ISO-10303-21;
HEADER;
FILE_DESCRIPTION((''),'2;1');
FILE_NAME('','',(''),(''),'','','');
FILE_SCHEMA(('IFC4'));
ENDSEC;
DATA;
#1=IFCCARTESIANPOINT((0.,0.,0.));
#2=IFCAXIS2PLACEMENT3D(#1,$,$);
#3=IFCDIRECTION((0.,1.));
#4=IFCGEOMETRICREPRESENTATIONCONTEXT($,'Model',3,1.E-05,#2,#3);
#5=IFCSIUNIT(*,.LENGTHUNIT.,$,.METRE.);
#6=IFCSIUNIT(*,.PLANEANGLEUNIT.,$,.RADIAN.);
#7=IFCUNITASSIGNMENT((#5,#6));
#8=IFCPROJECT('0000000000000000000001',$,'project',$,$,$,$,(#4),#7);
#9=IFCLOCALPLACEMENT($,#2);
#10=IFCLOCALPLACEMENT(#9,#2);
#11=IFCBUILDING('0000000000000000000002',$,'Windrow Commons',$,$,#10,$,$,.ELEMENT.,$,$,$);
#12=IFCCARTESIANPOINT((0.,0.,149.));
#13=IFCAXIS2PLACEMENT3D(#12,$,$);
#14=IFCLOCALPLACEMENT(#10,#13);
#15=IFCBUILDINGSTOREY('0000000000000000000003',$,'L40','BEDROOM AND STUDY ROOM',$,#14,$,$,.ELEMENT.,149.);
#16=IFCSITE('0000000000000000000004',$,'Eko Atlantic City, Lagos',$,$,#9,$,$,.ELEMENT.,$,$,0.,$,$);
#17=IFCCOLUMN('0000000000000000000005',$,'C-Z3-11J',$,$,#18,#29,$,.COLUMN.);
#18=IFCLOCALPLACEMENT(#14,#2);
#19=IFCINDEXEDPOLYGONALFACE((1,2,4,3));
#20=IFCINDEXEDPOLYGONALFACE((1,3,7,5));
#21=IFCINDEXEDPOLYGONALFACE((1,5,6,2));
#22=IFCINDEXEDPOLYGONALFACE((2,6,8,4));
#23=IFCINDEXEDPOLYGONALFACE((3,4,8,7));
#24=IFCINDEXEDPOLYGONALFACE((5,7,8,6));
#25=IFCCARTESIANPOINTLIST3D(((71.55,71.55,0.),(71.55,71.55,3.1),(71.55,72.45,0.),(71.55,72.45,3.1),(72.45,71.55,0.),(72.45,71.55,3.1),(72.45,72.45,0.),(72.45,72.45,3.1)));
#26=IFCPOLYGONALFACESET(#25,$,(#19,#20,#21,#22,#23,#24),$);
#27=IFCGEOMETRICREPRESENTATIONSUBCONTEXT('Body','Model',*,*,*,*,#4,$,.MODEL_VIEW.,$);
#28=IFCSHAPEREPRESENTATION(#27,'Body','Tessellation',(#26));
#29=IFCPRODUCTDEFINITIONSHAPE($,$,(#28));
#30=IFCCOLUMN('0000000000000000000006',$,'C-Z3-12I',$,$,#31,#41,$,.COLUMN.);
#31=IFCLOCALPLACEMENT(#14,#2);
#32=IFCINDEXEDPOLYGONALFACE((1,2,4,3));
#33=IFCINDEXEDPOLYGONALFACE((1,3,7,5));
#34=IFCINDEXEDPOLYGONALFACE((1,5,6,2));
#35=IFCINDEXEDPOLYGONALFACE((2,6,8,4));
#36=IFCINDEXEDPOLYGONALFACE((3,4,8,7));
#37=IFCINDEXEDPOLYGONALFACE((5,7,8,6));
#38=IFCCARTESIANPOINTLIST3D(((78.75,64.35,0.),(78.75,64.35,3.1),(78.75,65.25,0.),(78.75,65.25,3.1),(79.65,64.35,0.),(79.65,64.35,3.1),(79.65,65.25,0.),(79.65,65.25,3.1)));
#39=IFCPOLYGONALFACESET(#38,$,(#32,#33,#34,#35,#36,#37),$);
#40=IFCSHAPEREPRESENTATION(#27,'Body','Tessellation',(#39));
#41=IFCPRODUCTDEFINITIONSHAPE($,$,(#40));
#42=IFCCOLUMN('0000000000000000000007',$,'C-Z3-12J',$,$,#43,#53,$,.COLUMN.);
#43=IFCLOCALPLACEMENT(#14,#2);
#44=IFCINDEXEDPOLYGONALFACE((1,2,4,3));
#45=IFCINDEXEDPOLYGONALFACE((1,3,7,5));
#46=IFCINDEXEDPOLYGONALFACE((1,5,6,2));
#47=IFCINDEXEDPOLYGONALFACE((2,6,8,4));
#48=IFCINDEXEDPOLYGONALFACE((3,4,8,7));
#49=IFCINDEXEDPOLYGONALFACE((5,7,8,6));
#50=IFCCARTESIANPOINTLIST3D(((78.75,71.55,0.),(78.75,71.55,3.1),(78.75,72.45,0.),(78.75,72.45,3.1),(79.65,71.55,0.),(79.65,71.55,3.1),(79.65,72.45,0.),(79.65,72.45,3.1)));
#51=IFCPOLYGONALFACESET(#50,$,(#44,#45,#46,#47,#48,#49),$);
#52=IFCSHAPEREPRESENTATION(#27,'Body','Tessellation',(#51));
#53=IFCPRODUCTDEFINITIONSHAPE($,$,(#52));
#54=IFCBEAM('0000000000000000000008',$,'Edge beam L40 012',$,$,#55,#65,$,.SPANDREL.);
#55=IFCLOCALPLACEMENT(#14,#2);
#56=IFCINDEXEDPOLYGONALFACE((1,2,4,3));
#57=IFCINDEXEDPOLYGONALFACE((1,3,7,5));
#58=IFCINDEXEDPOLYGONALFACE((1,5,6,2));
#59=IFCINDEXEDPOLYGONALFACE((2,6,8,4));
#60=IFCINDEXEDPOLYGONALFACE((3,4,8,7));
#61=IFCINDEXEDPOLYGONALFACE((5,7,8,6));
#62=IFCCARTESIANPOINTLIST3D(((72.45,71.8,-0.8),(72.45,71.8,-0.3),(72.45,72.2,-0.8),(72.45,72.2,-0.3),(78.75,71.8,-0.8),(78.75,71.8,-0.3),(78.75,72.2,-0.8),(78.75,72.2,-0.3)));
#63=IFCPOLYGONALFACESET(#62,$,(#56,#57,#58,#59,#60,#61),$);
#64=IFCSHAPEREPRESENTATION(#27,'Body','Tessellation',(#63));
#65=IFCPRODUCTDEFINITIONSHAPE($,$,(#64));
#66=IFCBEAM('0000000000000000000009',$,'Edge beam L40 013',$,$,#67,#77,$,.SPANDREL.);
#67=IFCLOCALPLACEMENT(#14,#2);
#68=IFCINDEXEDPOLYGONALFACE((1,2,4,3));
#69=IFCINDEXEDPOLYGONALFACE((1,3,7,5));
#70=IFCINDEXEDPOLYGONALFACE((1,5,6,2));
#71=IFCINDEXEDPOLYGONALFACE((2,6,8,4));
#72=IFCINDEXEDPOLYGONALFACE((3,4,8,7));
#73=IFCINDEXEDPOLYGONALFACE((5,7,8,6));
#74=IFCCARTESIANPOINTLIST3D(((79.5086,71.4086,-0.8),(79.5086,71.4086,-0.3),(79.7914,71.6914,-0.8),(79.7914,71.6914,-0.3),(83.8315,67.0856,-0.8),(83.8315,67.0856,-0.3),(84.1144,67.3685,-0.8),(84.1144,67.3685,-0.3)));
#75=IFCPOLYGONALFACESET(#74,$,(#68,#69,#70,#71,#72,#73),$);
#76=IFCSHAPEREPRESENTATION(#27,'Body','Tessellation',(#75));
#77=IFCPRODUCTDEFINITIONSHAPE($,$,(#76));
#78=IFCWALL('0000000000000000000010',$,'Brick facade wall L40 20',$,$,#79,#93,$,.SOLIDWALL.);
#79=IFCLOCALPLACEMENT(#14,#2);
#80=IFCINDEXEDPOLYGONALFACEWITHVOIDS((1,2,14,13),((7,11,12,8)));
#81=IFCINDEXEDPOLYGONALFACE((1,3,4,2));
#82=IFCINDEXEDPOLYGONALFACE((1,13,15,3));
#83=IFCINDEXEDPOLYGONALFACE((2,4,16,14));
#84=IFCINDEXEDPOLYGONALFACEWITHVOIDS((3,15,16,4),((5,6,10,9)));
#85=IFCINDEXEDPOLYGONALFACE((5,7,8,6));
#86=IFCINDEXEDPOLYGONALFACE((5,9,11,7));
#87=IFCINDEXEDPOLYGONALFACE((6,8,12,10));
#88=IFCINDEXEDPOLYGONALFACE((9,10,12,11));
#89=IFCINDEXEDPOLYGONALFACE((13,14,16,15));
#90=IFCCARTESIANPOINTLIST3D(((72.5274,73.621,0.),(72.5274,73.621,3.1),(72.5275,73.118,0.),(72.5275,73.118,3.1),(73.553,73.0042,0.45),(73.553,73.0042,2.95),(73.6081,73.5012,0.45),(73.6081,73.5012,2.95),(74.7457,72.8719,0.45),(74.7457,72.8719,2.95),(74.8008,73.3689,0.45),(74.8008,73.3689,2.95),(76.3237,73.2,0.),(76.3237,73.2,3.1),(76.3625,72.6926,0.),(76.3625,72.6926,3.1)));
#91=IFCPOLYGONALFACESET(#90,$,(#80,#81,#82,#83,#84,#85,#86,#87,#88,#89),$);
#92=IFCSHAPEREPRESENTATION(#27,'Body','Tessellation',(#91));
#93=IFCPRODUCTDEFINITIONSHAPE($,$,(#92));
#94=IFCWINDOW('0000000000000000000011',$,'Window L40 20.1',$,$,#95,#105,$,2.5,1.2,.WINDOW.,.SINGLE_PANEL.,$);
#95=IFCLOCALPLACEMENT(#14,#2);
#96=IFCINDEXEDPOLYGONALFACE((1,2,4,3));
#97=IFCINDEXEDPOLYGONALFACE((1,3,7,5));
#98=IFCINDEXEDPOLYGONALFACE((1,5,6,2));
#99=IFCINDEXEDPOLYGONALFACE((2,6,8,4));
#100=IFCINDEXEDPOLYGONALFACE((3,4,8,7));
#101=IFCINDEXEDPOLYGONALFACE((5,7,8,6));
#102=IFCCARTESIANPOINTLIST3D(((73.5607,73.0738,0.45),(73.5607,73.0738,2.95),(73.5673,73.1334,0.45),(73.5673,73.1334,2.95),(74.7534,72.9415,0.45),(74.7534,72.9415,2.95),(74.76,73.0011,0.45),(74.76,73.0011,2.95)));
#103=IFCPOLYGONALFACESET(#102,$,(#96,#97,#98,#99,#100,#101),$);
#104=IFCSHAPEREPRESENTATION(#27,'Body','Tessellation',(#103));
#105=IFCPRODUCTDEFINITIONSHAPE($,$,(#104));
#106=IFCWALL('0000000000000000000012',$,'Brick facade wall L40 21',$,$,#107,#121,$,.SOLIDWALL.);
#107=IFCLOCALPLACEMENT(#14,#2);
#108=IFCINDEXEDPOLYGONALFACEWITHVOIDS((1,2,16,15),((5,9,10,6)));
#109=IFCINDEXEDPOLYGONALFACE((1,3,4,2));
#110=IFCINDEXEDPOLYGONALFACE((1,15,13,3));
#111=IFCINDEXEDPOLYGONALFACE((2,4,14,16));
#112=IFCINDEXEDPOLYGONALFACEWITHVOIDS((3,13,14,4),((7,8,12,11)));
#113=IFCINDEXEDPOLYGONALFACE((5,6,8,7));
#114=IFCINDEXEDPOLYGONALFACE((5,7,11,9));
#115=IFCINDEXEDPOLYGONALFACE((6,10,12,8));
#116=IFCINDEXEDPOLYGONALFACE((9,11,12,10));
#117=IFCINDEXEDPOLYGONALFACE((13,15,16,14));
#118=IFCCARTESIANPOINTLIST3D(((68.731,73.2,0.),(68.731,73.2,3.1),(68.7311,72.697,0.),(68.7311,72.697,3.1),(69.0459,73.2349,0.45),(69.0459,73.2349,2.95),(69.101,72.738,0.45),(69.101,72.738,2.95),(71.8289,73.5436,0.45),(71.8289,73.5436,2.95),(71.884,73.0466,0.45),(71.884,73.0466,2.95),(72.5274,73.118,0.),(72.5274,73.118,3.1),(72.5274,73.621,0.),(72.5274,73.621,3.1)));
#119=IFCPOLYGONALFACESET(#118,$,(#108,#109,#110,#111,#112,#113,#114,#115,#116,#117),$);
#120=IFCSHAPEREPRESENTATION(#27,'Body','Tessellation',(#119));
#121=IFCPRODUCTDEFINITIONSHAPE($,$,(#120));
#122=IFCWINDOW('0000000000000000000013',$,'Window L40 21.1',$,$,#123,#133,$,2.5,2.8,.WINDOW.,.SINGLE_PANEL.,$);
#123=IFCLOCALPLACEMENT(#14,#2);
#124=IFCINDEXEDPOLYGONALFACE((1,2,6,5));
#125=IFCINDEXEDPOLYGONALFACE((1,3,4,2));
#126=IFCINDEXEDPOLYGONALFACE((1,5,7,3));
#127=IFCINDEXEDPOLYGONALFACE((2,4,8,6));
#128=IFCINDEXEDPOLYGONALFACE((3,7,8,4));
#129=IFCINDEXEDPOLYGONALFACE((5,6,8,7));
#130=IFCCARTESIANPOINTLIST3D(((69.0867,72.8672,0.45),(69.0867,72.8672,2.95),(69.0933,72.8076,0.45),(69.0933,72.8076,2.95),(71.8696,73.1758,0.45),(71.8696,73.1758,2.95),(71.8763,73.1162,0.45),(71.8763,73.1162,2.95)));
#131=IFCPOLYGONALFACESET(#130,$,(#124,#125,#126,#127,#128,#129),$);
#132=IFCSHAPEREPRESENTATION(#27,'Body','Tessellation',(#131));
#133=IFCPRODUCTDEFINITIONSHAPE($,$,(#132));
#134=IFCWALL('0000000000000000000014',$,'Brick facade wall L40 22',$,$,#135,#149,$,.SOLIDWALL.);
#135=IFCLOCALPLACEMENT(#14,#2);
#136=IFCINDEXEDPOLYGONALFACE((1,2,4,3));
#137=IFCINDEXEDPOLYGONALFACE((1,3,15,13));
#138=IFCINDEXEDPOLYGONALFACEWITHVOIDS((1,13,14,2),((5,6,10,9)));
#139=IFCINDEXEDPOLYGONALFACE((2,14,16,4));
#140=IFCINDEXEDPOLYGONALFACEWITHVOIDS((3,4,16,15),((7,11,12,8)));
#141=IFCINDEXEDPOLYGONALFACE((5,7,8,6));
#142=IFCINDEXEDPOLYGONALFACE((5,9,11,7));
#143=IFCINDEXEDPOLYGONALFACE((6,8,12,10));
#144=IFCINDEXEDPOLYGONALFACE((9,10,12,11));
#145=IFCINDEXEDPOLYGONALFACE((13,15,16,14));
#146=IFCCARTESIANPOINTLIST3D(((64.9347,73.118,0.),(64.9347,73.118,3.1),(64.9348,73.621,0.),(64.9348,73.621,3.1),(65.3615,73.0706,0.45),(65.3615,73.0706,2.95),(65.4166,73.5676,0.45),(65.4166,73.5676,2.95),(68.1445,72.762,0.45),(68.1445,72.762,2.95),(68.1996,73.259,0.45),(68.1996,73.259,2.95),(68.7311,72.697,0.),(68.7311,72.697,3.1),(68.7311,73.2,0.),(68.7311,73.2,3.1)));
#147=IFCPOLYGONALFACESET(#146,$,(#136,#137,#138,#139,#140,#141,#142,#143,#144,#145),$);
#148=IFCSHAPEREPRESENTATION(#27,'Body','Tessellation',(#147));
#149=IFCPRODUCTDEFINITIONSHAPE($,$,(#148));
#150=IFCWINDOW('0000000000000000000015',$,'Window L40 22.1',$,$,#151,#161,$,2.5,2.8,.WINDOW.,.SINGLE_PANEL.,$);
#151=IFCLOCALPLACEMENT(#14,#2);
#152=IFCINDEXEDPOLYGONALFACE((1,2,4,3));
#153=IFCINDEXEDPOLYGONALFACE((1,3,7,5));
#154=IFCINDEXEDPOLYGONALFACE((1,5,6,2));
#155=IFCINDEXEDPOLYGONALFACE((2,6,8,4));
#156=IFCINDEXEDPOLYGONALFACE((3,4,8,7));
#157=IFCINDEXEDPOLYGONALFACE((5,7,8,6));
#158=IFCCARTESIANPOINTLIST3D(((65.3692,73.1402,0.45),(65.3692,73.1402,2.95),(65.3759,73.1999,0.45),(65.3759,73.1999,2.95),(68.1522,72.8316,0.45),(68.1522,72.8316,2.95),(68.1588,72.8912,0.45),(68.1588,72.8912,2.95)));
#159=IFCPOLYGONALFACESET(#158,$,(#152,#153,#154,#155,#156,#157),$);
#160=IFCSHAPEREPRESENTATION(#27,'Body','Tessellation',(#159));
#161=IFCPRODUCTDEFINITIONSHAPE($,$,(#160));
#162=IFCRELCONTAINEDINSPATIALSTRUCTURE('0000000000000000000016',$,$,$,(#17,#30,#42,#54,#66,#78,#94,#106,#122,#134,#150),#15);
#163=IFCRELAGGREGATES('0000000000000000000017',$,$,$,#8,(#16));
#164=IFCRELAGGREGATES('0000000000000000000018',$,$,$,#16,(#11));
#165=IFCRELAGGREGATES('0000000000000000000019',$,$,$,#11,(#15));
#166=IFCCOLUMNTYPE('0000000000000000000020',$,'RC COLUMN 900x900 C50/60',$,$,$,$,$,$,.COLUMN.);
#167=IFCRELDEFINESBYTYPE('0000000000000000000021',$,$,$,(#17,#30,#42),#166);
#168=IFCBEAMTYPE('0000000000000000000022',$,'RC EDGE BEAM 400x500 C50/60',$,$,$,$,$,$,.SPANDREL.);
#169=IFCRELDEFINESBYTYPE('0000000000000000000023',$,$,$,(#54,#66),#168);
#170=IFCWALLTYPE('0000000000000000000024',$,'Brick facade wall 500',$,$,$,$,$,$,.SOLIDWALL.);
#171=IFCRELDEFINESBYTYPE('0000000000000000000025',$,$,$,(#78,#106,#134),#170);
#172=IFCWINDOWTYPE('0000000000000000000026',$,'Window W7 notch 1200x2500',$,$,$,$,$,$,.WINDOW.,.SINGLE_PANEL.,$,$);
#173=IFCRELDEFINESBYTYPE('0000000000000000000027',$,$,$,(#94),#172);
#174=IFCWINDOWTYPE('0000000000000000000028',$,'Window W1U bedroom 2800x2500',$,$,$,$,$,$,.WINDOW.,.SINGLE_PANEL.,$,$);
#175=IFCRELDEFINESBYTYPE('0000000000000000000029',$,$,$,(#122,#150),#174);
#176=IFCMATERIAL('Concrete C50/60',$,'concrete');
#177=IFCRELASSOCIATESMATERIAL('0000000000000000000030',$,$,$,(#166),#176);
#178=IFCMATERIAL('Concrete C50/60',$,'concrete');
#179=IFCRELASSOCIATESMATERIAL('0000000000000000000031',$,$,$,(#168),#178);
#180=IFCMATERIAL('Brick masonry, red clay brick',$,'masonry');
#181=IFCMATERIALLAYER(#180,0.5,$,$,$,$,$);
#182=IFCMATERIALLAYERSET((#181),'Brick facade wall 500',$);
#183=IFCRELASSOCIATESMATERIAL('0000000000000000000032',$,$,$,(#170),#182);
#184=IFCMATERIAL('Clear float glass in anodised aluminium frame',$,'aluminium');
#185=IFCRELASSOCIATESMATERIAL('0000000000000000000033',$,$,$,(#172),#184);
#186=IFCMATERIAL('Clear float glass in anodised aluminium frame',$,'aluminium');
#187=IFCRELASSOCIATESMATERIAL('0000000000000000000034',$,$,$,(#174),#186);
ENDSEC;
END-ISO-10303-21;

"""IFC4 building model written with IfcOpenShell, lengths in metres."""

from ifc_helpers import new_model, si_unit, direction, frame, frame_2d, origin, origin_2d, place, context, subcontext, project, spatial, polyline, rectangle, outline, extrude, material, layer, layer_set, material_profile, profile_set, type_object, element, fill, save


model = new_model("IFC4")

# Units and contexts
model_context = context("Model", 3, precision=1e-05, world=origin(), true_north=direction((0.0, 1.0)))
body_context = subcontext(model_context, "Body", "Model", "MODEL_VIEW")
ifc_project = project(units=[si_unit("LENGTHUNIT", "METRE"), si_unit("PLANEANGLEUNIT", "RADIAN")], contexts=[model_context])

# Site, building, storey
site_placement = place(None, origin())
site = spatial("IfcSite", under=ifc_project, at=site_placement, Name="Eko Atlantic City, Lagos", CompositionType="ELEMENT", RefElevation=0.0)
building_placement = place(site_placement, origin())
building = spatial("IfcBuilding", under=site, at=building_placement, Name="Windrow Commons", CompositionType="ELEMENT")
storey_placement = place(building_placement, frame((0.0, 0.0, 149.0)))
storey = spatial("IfcBuildingStorey", under=building, at=storey_placement, Name="L40", Description="BEDROOM AND STUDY ROOM", CompositionType="ELEMENT", Elevation=149.0)

# Columns
ifc_material_1 = material(Name="Concrete C50/60", Category="concrete")
ifc_material_profile_1 = material_profile(ifc_material_1, rectangle(XDim=0.9, YDim=0.9, at=origin_2d()))
ifc_profile_set_1 = profile_set([ifc_material_profile_1], Name="Concrete C50/60")
column_type = type_object("IfcColumnType", Name="RC COLUMN 900x900 C50/60", PredefinedType="COLUMN", material=ifc_profile_set_1)
for number, where, z_axis, x_axis, name in (
    (1, (72.0, 72.0, 0.0), (0.0, 0.0, 1.0), (1.0, 0.0, 0.0), "C-Z3-11J"),
    (2, (79.2, 64.8, 0.0), (0.0, 0.0, 1.0), (1.0, 0.0, 0.0), "C-Z3-12I"),
    (3, (79.2, 72.0, 0.0), (0.0, 0.0, 1.0), (1.0, 0.0, 0.0), "C-Z3-12J"),
):
    element("IfcColumn", number, at=place(storey_placement, frame(where, z_axis=z_axis, x_axis=x_axis)), inside=storey, type_object=column_type, Name=name, PredefinedType="COLUMN", context=body_context, shape_type="SweptSolid", body=[
        extrude(rectangle(XDim=0.9, YDim=0.9, at=origin_2d()), origin(), (0.0, 0.0, 1.0), 3.1),
    ])

# Beams
ifc_material_2 = material(Name="Concrete C50/60", Category="concrete")
ifc_material_profile_2 = material_profile(ifc_material_2, rectangle(XDim=0.4, YDim=0.5, at=origin_2d()))
ifc_profile_set_2 = profile_set([ifc_material_profile_2], Name="Concrete C50/60")
beam_type = type_object("IfcBeamType", Name="RC EDGE BEAM 400x500 C50/60", PredefinedType="SPANDREL", material=ifc_profile_set_2)
beam_1_placement = place(storey_placement, frame((72.45, 72.0, -0.55), z_axis=(1.0, 0.0, 0.0), x_axis=(0.0, 1.0, 0.0)))
element("IfcBeam", 4, at=beam_1_placement, inside=storey, type_object=beam_type, Name="Edge beam L40 012", PredefinedType="SPANDREL", context=body_context, shape_type="SweptSolid", body=[
    extrude(rectangle(XDim=0.4, YDim=0.5, at=origin_2d()), origin(), (0.0, 0.0, 1.0), 6.3),
])
beam_2_placement = place(storey_placement, frame((79.65, 71.55, -0.55), z_axis=(0.707107, -0.707107, 0.0), x_axis=(0.707107, 0.707107, 0.0)))
element("IfcBeam", 5, at=beam_2_placement, inside=storey, type_object=beam_type, Name="Edge beam L40 013", PredefinedType="SPANDREL", context=body_context, shape_type="SweptSolid", body=[
    extrude(rectangle(XDim=0.4, YDim=0.5, at=origin_2d()), origin(), (0.0, 0.0, 1.0), 6.1136),
])

# Walls, openings, windows
ifc_material_3 = material(Name="Brick masonry, red clay brick", Category="masonry")
ifc_layer_1 = layer(ifc_material_3, 0.5)
ifc_layer_set_1 = layer_set([ifc_layer_1], Name="Brick facade wall 500")
wall_type_1 = type_object("IfcWallType", Name="Brick facade wall 500", PredefinedType="SOLIDWALL", material=ifc_layer_set_1)
wall_1_placement = place(storey_placement, frame((76.3431, 72.9463, 0.0), z_axis=(0.0, 0.0, 1.0), x_axis=(-0.993906, 0.110234, 0.0)))
wall_1 = element("IfcWall", 6, at=wall_1_placement, inside=storey, type_object=wall_type_1, Name="Brick facade wall L40 20", PredefinedType="SOLIDWALL", context=body_context, shape_type="SweptSolid", body=[
    extrude(outline(polyline([(0.0472, -0.25), (3.8668, -0.25), (3.8113, 0.25), (-0.0472, 0.25), (0.0472, -0.25)])), origin(), (0.0, 0.0, 1.0), 3.1),
])
opening_1_placement = place(wall_1_placement, frame((1.5795, 0.0, 0.45)))
opening_1 = element("IfcOpeningElement", 7, at=opening_1_placement, cuts=wall_1, PredefinedType="OPENING", context=body_context, shape_type="SweptSolid", body=[
    extrude(rectangle(XDim=1.2, YDim=2.5, at=frame_2d((0.6, 1.25))), frame((0.0, 0.26, 0.0), z_axis=(0.0, -1.0, 0.0), x_axis=(1.0, 0.0, 0.0)), (0.0, 0.0, 1.0), 0.52),
])
ifc_material_4 = material(Name="Clear float glass in anodised aluminium frame", Category="aluminium")
window_type_1 = type_object("IfcWindowType", Name="Window W7 notch 1200x2500", PartitioningType="SINGLE_PANEL", PredefinedType="WINDOW", material=ifc_material_4)
window_1_placement = place(opening_1_placement, origin())
window_1 = element("IfcWindow", 8, at=window_1_placement, inside=storey, type_object=window_type_1, Name="Window L40 20.1", OverallHeight=2.5, OverallWidth=1.2, PartitioningType="SINGLE_PANEL", PredefinedType="WINDOW", context=body_context, shape_type="SweptSolid", body=[
    extrude(rectangle(XDim=1.2, YDim=2.5, at=frame_2d((0.6, 1.25))), frame((0.0, 0.18, 0.0), z_axis=(0.0, -1.0, 0.0), x_axis=(1.0, 0.0, 0.0)), (0.0, 0.0, 1.0), 0.06),
])
fill(opening_1, window_1)
wall_2_placement = place(storey_placement, frame((72.5274, 73.3695, 0.0), z_axis=(0.0, 0.0, 1.0), x_axis=(-0.993907, -0.110222, 0.0)))
wall_2 = element("IfcWall", 9, at=wall_2_placement, inside=storey, type_object=wall_type_1, Name="Brick facade wall L40 21", PredefinedType="SOLIDWALL", context=body_context, shape_type="SweptSolid", body=[
    extrude(outline(polyline([(-0.0277, -0.25), (3.7919, -0.25), (3.8473, 0.25), (0.0277, 0.25), (-0.0277, -0.25)])), origin(), (0.0, 0.0, 1.0), 3.1),
])
opening_2_placement = place(wall_2_placement, frame((0.6751, 0.0, 0.45)))
opening_2 = element("IfcOpeningElement", 10, at=opening_2_placement, cuts=wall_2, PredefinedType="OPENING", context=body_context, shape_type="SweptSolid", body=[
    extrude(rectangle(XDim=2.8, YDim=2.5, at=frame_2d((1.4, 1.25))), frame((0.0, 0.26, 0.0), z_axis=(0.0, -1.0, 0.0), x_axis=(1.0, 0.0, 0.0)), (0.0, 0.0, 1.0), 0.52),
])
ifc_material_5 = material(Name="Clear float glass in anodised aluminium frame", Category="aluminium")
window_type_2 = type_object("IfcWindowType", Name="Window W1U bedroom 2800x2500", PartitioningType="SINGLE_PANEL", PredefinedType="WINDOW", material=ifc_material_5)
window_2_placement = place(opening_2_placement, origin())
window_2 = element("IfcWindow", 11, at=window_2_placement, inside=storey, type_object=window_type_2, Name="Window L40 21.1", OverallHeight=2.5, OverallWidth=2.8, PartitioningType="SINGLE_PANEL", PredefinedType="WINDOW", context=body_context, shape_type="SweptSolid", body=[
    extrude(rectangle(XDim=2.8, YDim=2.5, at=frame_2d((1.4, 1.25))), frame((0.0, 0.18, 0.0), z_axis=(0.0, -1.0, 0.0), x_axis=(1.0, 0.0, 0.0)), (0.0, 0.0, 1.0), 0.06),
])
fill(opening_2, window_2)
wall_3_placement = place(storey_placement, frame((68.7311, 72.9485, 0.0), z_axis=(0.0, 0.0, 1.0), x_axis=(-0.993907, 0.110222, 0.0)))
wall_3 = element("IfcWall", 12, at=wall_3_placement, inside=storey, type_object=wall_type_1, Name="Brick facade wall L40 22", PredefinedType="SOLIDWALL", context=body_context, shape_type="SweptSolid", body=[
    extrude(outline(polyline([(0.0277, -0.25), (3.8473, -0.25), (3.7919, 0.25), (-0.0277, 0.25), (0.0277, -0.25)])), origin(), (0.0, 0.0, 1.0), 3.1),
])
opening_3_placement = place(wall_3_placement, frame((0.5625, 0.0, 0.45)))
opening_3 = element("IfcOpeningElement", 13, at=opening_3_placement, cuts=wall_3, PredefinedType="OPENING", context=body_context, shape_type="SweptSolid", body=[
    extrude(rectangle(XDim=2.8, YDim=2.5, at=frame_2d((1.4, 1.25))), frame((0.0, 0.26, 0.0), z_axis=(0.0, -1.0, 0.0), x_axis=(1.0, 0.0, 0.0)), (0.0, 0.0, 1.0), 0.52),
])
window_3_placement = place(opening_3_placement, origin())
window_3 = element("IfcWindow", 14, at=window_3_placement, inside=storey, type_object=window_type_2, Name="Window L40 22.1", OverallHeight=2.5, OverallWidth=2.8, PartitioningType="SINGLE_PANEL", PredefinedType="WINDOW", context=body_context, shape_type="SweptSolid", body=[
    extrude(rectangle(XDim=2.8, YDim=2.5, at=frame_2d((1.4, 1.25))), frame((0.0, 0.18, 0.0), z_axis=(0.0, -1.0, 0.0), x_axis=(1.0, 0.0, 0.0)), (0.0, 0.0, 1.0), 0.06),
])
fill(opening_3, window_3)

save(model, "model.ifc")
